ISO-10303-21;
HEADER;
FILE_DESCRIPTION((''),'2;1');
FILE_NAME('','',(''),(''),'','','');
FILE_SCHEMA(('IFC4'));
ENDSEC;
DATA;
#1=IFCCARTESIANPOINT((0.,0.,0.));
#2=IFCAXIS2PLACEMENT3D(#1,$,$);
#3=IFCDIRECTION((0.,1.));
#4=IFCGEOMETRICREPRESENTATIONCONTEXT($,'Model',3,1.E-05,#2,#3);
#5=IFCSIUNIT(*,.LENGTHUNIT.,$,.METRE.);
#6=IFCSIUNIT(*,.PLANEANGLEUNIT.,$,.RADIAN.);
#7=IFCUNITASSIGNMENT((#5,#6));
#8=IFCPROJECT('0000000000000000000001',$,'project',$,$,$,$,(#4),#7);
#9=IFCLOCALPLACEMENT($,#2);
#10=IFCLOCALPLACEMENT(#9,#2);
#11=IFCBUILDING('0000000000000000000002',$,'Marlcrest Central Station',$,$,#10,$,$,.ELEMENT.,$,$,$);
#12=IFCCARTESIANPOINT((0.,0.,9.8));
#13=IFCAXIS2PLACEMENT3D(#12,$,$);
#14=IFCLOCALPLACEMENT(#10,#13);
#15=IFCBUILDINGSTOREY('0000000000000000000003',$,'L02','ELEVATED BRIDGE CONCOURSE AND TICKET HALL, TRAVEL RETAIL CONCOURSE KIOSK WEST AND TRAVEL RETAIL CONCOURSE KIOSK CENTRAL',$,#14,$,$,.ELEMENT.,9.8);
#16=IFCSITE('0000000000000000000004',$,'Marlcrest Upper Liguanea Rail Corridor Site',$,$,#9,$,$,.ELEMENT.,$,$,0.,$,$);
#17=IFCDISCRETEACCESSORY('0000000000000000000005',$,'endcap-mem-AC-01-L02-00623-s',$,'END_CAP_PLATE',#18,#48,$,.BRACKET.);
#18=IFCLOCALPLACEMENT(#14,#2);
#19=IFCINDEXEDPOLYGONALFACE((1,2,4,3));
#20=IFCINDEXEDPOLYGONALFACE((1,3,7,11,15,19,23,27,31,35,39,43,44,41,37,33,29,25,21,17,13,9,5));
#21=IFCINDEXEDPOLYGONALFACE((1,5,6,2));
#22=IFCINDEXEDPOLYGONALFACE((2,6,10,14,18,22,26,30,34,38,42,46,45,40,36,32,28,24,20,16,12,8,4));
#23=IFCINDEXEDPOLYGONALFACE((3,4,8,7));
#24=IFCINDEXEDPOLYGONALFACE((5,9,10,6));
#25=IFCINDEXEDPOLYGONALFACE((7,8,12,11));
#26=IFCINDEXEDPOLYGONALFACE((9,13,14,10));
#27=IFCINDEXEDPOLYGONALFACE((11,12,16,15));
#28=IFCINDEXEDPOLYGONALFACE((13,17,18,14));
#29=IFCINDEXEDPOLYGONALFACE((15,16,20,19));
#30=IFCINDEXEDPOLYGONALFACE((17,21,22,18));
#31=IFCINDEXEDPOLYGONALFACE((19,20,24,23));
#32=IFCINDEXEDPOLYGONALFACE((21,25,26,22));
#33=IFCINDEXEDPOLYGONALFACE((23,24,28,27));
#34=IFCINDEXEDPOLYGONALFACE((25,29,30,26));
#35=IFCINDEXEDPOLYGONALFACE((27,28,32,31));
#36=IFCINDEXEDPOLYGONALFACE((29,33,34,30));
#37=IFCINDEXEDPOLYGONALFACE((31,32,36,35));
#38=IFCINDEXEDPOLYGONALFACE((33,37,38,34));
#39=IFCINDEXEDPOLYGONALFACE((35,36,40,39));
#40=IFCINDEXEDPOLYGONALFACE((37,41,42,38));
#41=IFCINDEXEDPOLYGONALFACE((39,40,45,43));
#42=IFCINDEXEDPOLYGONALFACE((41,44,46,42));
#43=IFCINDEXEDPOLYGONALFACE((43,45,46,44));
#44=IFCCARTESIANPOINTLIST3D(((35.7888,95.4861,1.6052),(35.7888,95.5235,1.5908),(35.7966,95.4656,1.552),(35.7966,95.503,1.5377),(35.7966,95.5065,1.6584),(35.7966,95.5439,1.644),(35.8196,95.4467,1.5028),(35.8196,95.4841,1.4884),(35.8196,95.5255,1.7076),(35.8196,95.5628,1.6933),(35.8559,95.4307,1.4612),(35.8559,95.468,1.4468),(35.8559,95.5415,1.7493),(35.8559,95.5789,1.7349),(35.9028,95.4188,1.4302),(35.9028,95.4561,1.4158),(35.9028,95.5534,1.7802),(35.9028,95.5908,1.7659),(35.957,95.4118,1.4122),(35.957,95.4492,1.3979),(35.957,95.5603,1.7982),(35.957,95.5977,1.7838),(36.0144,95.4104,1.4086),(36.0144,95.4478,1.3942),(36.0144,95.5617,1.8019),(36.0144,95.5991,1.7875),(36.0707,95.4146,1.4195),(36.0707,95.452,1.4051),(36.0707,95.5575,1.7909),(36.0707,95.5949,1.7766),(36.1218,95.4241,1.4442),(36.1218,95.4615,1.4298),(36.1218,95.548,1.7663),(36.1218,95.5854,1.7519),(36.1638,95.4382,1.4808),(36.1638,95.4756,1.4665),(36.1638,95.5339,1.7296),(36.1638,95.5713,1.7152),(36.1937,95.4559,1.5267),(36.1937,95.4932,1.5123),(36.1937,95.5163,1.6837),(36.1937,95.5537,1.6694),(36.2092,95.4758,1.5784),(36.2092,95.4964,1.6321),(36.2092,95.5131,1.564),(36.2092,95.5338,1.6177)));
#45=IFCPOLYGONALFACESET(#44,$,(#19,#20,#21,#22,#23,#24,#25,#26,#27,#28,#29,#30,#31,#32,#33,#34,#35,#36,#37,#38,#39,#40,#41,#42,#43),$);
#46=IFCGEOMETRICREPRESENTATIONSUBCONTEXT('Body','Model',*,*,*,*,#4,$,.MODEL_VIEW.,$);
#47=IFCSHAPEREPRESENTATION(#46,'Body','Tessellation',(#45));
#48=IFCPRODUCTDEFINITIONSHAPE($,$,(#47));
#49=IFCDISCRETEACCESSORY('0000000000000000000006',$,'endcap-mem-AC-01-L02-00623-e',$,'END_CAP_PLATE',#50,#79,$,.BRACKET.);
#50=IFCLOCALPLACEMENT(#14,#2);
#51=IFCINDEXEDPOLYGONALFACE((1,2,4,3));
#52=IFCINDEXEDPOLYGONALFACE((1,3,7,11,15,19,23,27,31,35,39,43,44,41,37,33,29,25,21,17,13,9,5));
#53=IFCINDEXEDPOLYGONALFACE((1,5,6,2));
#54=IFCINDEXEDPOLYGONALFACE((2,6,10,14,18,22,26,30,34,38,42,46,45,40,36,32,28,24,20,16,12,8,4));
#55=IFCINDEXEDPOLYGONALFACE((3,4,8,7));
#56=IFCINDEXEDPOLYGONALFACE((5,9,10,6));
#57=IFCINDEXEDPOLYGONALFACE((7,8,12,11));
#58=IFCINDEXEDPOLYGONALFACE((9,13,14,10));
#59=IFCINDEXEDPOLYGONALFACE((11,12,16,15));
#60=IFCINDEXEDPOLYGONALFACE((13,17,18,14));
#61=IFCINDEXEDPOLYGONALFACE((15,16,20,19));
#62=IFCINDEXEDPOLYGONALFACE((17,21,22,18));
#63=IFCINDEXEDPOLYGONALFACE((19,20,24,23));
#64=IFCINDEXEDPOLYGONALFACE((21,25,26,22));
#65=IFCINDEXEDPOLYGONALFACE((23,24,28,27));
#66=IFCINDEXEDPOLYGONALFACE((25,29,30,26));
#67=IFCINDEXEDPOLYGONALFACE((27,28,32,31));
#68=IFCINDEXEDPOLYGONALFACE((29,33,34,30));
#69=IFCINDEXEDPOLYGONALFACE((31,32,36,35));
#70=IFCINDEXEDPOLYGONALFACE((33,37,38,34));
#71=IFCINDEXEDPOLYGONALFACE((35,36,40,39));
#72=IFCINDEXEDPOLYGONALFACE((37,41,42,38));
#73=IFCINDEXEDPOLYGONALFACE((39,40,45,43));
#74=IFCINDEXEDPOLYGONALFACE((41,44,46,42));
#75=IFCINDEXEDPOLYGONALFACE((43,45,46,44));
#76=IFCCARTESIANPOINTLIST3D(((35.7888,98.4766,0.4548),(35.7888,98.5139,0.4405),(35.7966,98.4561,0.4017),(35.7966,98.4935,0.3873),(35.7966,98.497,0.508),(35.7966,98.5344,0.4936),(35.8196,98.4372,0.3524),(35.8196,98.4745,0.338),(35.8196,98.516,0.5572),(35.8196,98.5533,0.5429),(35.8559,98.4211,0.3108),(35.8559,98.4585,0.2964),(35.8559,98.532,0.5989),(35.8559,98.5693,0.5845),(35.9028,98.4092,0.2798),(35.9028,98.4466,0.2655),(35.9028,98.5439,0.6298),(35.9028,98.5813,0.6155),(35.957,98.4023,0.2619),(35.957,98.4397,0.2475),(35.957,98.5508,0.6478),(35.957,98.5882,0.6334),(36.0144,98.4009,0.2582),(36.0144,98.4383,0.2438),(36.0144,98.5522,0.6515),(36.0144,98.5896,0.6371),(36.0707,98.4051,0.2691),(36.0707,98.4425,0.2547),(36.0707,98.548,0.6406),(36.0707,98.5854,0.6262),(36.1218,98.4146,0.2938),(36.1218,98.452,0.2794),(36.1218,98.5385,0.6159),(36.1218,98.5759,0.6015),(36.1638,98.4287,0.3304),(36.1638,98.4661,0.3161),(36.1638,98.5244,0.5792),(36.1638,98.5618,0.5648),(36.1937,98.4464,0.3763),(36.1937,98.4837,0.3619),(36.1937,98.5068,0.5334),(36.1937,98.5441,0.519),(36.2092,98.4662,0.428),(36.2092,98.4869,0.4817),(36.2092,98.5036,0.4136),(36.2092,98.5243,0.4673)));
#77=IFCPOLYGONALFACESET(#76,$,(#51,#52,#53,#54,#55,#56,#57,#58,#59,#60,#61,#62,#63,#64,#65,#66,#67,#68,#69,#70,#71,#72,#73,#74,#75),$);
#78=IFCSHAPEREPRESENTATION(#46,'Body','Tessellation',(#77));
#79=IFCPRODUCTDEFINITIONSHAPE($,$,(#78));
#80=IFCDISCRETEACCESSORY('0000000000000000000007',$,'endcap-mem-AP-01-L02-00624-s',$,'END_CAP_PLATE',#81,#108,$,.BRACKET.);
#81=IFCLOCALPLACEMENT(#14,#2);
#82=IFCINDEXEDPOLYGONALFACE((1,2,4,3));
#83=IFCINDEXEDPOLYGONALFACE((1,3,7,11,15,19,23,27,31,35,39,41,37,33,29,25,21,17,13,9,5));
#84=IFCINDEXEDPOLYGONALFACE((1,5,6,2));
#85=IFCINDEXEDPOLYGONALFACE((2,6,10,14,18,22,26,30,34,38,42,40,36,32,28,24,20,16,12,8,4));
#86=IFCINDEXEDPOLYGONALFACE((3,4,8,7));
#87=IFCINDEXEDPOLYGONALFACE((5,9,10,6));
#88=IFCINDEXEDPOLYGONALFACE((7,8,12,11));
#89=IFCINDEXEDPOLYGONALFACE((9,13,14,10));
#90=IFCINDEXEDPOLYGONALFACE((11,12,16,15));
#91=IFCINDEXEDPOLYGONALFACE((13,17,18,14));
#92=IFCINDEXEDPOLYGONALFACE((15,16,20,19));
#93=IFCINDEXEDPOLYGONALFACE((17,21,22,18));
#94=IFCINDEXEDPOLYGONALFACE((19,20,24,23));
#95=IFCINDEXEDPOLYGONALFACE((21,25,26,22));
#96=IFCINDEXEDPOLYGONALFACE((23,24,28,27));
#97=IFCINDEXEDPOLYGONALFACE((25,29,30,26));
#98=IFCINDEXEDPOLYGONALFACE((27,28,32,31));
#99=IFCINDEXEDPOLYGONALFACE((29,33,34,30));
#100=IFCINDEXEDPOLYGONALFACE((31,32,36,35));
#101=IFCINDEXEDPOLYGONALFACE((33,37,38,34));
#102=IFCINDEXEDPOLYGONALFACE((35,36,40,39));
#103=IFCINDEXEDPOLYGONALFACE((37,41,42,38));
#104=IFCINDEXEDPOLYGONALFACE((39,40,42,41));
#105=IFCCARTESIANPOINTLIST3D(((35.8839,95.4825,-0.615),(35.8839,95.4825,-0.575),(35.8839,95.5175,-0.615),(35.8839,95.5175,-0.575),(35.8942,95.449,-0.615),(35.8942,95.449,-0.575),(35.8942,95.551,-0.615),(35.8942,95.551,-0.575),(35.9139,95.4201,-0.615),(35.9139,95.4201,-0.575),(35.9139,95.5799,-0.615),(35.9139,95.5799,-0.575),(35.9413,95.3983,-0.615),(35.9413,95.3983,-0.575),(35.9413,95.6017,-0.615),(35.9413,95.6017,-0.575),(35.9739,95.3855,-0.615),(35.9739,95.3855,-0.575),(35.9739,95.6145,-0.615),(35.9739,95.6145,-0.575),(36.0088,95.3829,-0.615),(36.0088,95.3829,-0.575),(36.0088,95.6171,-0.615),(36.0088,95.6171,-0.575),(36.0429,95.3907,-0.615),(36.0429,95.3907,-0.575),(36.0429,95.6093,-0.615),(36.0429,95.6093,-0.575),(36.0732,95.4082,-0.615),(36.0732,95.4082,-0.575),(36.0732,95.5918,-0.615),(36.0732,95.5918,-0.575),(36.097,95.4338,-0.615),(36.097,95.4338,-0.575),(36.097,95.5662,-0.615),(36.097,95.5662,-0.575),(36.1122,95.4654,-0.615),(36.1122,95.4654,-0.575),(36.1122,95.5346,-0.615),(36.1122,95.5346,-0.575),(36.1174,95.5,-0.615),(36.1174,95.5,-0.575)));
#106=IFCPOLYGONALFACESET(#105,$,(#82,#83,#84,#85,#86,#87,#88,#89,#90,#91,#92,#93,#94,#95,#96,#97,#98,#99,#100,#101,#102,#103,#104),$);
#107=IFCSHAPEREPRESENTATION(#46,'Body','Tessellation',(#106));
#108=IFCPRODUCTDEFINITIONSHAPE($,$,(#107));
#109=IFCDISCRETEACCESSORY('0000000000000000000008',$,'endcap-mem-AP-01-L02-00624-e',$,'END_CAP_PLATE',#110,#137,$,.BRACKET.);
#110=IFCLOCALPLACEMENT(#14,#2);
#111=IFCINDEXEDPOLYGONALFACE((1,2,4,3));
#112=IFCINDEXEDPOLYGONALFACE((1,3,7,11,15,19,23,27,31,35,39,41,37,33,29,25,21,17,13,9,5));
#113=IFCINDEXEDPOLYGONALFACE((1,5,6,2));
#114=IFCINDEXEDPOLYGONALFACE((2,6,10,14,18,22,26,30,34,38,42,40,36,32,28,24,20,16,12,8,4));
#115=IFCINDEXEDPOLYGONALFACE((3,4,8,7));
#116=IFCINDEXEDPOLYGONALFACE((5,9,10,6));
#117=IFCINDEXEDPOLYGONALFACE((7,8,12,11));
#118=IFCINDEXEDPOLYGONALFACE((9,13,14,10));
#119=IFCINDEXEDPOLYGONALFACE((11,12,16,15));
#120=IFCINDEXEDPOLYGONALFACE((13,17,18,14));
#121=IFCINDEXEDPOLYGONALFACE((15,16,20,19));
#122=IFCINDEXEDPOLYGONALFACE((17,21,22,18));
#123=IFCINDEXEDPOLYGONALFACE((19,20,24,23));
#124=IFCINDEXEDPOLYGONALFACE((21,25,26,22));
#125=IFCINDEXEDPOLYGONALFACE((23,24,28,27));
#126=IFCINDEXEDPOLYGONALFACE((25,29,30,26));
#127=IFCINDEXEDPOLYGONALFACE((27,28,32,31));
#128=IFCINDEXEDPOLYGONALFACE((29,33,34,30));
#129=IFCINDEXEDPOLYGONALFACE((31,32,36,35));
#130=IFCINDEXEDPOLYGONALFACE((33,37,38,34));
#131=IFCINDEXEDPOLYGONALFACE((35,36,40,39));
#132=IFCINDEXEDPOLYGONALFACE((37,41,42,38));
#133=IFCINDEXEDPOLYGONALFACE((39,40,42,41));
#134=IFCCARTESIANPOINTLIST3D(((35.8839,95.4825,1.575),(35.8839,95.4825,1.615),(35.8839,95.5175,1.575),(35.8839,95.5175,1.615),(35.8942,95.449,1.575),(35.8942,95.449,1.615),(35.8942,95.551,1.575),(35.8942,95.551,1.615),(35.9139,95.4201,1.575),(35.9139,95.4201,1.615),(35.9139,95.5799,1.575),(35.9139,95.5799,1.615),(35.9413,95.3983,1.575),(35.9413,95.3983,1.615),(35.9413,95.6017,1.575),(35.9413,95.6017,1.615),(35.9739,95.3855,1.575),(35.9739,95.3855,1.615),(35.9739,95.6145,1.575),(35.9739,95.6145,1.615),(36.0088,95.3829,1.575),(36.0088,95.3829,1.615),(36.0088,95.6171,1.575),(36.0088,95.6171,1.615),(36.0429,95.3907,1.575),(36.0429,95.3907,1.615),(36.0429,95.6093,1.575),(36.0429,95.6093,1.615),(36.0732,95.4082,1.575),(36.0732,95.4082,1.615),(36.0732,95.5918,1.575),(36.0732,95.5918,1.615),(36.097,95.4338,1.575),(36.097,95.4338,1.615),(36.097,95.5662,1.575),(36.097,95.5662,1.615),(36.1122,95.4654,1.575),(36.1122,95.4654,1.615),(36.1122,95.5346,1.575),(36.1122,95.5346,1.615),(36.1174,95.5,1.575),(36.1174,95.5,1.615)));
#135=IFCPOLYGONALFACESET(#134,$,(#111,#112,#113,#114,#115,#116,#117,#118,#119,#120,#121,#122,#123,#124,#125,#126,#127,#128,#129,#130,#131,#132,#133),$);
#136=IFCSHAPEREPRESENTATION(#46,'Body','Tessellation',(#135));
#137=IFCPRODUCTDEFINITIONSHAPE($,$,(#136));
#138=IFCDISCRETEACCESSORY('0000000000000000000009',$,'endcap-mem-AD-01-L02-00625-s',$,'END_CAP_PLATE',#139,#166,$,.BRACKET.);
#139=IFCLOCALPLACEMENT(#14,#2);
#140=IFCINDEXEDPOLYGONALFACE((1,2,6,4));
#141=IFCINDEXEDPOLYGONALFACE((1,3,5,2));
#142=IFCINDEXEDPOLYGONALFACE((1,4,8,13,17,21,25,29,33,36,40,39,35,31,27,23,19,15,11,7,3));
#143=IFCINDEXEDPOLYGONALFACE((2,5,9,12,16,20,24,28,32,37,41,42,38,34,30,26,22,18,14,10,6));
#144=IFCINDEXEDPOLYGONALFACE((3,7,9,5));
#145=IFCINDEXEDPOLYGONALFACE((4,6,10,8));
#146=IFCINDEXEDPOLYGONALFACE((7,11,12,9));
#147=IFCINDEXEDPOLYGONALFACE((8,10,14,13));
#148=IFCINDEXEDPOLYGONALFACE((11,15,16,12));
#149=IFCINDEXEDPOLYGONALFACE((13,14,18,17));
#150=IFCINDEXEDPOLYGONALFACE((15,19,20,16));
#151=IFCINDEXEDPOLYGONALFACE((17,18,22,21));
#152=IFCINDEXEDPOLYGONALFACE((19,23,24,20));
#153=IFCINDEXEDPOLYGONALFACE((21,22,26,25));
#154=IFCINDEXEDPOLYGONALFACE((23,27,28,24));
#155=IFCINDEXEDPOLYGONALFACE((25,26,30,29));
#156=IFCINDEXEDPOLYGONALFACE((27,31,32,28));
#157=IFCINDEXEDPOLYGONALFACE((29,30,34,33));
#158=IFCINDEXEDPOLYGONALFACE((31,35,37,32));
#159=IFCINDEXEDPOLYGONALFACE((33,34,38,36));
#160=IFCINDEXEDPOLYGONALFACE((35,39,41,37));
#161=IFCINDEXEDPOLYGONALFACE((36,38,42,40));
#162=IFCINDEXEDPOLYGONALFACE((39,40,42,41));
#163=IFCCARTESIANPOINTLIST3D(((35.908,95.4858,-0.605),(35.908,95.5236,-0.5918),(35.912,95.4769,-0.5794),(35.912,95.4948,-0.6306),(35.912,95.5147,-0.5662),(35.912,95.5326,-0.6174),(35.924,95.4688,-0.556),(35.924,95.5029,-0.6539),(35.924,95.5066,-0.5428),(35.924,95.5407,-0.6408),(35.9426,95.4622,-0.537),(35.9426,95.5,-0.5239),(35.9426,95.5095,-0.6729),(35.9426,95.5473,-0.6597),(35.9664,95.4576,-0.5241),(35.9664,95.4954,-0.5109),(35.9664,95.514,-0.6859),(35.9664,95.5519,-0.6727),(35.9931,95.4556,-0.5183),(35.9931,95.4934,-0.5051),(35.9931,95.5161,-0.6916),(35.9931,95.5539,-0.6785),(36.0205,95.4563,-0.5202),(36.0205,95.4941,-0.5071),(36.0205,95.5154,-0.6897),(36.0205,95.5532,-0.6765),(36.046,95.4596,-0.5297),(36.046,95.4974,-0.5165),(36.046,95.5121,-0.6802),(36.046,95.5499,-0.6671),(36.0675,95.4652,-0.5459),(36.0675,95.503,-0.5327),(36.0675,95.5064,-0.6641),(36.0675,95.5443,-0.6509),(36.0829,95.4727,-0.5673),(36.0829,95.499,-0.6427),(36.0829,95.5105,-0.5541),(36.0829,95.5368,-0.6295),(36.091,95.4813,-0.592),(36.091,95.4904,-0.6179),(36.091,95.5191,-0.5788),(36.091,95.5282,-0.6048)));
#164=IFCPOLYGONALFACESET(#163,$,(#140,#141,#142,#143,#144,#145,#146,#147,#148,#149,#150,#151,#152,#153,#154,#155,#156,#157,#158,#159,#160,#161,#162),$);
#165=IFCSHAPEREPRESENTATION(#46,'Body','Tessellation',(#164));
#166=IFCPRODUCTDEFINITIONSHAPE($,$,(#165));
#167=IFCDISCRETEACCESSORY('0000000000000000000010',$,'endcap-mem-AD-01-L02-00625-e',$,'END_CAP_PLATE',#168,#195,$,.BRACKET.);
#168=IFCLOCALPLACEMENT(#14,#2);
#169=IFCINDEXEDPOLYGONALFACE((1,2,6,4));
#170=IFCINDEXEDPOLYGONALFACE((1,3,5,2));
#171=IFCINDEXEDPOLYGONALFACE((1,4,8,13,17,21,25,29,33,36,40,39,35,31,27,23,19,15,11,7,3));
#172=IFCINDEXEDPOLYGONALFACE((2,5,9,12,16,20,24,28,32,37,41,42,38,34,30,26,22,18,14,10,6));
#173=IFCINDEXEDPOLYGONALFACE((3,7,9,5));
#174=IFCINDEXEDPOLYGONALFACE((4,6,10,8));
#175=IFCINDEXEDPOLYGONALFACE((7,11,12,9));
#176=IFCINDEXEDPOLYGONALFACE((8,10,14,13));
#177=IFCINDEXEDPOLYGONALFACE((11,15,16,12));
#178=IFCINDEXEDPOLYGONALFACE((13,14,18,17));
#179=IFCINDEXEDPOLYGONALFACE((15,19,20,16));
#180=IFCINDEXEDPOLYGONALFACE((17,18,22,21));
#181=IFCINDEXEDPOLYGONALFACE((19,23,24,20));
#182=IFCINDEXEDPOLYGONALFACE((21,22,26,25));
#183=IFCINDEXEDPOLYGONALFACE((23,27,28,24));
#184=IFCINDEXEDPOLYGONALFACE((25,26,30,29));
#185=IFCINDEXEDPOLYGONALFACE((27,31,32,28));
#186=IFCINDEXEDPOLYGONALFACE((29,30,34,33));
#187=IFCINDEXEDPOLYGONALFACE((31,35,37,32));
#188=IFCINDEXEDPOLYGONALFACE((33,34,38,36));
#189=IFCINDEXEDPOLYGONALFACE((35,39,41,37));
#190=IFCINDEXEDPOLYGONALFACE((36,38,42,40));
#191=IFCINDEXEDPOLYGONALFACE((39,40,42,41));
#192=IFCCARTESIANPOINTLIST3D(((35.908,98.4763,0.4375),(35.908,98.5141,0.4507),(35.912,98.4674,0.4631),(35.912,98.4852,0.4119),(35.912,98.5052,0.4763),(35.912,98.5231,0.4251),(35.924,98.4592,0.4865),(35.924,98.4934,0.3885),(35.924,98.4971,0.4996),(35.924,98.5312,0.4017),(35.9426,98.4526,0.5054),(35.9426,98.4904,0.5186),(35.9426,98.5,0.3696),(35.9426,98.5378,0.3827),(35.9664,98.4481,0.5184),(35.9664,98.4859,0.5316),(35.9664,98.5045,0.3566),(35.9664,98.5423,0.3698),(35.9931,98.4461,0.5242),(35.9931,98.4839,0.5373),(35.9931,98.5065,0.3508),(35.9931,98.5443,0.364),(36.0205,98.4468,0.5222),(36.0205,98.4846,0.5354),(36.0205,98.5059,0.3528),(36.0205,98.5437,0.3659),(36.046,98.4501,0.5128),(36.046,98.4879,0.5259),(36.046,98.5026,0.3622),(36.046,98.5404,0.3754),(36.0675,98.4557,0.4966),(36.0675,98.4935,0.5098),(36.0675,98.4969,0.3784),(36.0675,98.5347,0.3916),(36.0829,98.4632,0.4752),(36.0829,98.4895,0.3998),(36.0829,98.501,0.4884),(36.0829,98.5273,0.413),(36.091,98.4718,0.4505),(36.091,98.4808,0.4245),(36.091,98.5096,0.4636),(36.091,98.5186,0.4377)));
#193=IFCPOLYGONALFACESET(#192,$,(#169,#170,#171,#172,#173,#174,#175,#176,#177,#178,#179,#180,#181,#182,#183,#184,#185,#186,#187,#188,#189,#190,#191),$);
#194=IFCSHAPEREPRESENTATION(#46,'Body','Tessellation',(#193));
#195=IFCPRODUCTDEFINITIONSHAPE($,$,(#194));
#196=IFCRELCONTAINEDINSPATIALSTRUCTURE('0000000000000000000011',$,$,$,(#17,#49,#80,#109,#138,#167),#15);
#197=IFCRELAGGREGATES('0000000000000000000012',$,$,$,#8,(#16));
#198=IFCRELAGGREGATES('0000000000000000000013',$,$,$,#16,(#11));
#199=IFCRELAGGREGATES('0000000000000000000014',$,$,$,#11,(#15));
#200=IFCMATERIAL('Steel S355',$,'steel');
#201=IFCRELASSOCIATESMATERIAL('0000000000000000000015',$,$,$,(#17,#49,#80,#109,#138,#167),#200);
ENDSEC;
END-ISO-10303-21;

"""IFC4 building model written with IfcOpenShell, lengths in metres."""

from ifc_helpers import new_model, si_unit, direction, frame, origin, origin_2d, place, context, subcontext, project, spatial, circle, extrude, material, element, save


model = new_model("IFC4")

# Units and contexts
model_context = context("Model", 3, precision=1e-05, world=origin(), true_north=direction((0.0, 1.0)))
body_context = subcontext(model_context, "Body", "Model", "MODEL_VIEW")
ifc_project = project(units=[si_unit("LENGTHUNIT", "METRE"), si_unit("PLANEANGLEUNIT", "RADIAN")], contexts=[model_context])

# Site, building, storey
site_placement = place(None, origin())
site = spatial("IfcSite", under=ifc_project, at=site_placement, Name="Marlcrest Upper Liguanea Rail Corridor Site", CompositionType="ELEMENT", RefElevation=0.0)
building_placement = place(site_placement, origin())
building = spatial("IfcBuilding", under=site, at=building_placement, Name="Marlcrest Central Station", CompositionType="ELEMENT")
storey_placement = place(building_placement, frame((0.0, 0.0, 9.8)))
storey = spatial("IfcBuildingStorey", under=building, at=storey_placement, Name="L02", Description="ELEVATED BRIDGE CONCOURSE AND TICKET HALL, TRAVEL RETAIL CONCOURSE KIOSK WEST AND TRAVEL RETAIL CONCOURSE KIOSK CENTRAL", CompositionType="ELEMENT", Elevation=9.8)

# Shared definitions
ifc_material_1 = material(Name="Steel S355", Category="steel")

# Discrete accessories
for number, where, z_axis, x_axis, name in (
    (1, (36.0, 95.4861, 1.6052), (0.0, 0.933324, -0.359035), (-1.0, 0.0, 0.0), "endcap-mem-AC-01-L02-00623-s"),
    (2, (36.0, 98.4766, 0.4548), (0.0, 0.933324, -0.359035), (-1.0, 0.0, 0.0), "endcap-mem-AC-01-L02-00623-e"),
):
    element("IfcDiscreteAccessory", number, at=place(storey_placement, frame(where, z_axis=z_axis, x_axis=x_axis)), inside=storey, material=ifc_material_1, Name=name, ObjectType="END_CAP_PLATE", PredefinedType="BRACKET", context=body_context, shape_type="SweptSolid", body=[
        extrude(circle(Radius=0.2112, at=origin_2d()), origin(), (0.0, 0.0, 1.0), 0.04),
    ])
for number, where, z_axis, x_axis, name in (
    (3, (36.0, 95.5, -0.615), (0.0, 0.0, 1.0), (1.0, 0.0, 0.0), "endcap-mem-AP-01-L02-00624-s"),
    (4, (36.0, 95.5, 1.575), (0.0, 0.0, 1.0), (1.0, 0.0, 0.0), "endcap-mem-AP-01-L02-00624-e"),
):
    element("IfcDiscreteAccessory", number, at=place(storey_placement, frame(where, z_axis=z_axis, x_axis=x_axis)), inside=storey, material=ifc_material_1, Name=name, ObjectType="END_CAP_PLATE", PredefinedType="BRACKET", context=body_context, shape_type="SweptSolid", body=[
        extrude(circle(Radius=0.1174, at=origin_2d()), origin(), (0.0, 0.0, 1.0), 0.04),
    ])
for number, where, z_axis, x_axis, name in (
    (5, (36.0, 95.4858, -0.605), (0.0, 0.94426, 0.3292), (-1.0, 0.0, 0.0), "endcap-mem-AD-01-L02-00625-s"),
    (6, (36.0, 98.4763, 0.4375), (0.0, 0.94426, 0.3292), (-1.0, 0.0, 0.0), "endcap-mem-AD-01-L02-00625-e"),
):
    element("IfcDiscreteAccessory", number, at=place(storey_placement, frame(where, z_axis=z_axis, x_axis=x_axis)), inside=storey, material=ifc_material_1, Name=name, ObjectType="END_CAP_PLATE", PredefinedType="BRACKET", context=body_context, shape_type="SweptSolid", body=[
        extrude(circle(Radius=0.092, at=origin_2d()), origin(), (0.0, 0.0, 1.0), 0.04),
    ])

save(model, "model.ifc")
